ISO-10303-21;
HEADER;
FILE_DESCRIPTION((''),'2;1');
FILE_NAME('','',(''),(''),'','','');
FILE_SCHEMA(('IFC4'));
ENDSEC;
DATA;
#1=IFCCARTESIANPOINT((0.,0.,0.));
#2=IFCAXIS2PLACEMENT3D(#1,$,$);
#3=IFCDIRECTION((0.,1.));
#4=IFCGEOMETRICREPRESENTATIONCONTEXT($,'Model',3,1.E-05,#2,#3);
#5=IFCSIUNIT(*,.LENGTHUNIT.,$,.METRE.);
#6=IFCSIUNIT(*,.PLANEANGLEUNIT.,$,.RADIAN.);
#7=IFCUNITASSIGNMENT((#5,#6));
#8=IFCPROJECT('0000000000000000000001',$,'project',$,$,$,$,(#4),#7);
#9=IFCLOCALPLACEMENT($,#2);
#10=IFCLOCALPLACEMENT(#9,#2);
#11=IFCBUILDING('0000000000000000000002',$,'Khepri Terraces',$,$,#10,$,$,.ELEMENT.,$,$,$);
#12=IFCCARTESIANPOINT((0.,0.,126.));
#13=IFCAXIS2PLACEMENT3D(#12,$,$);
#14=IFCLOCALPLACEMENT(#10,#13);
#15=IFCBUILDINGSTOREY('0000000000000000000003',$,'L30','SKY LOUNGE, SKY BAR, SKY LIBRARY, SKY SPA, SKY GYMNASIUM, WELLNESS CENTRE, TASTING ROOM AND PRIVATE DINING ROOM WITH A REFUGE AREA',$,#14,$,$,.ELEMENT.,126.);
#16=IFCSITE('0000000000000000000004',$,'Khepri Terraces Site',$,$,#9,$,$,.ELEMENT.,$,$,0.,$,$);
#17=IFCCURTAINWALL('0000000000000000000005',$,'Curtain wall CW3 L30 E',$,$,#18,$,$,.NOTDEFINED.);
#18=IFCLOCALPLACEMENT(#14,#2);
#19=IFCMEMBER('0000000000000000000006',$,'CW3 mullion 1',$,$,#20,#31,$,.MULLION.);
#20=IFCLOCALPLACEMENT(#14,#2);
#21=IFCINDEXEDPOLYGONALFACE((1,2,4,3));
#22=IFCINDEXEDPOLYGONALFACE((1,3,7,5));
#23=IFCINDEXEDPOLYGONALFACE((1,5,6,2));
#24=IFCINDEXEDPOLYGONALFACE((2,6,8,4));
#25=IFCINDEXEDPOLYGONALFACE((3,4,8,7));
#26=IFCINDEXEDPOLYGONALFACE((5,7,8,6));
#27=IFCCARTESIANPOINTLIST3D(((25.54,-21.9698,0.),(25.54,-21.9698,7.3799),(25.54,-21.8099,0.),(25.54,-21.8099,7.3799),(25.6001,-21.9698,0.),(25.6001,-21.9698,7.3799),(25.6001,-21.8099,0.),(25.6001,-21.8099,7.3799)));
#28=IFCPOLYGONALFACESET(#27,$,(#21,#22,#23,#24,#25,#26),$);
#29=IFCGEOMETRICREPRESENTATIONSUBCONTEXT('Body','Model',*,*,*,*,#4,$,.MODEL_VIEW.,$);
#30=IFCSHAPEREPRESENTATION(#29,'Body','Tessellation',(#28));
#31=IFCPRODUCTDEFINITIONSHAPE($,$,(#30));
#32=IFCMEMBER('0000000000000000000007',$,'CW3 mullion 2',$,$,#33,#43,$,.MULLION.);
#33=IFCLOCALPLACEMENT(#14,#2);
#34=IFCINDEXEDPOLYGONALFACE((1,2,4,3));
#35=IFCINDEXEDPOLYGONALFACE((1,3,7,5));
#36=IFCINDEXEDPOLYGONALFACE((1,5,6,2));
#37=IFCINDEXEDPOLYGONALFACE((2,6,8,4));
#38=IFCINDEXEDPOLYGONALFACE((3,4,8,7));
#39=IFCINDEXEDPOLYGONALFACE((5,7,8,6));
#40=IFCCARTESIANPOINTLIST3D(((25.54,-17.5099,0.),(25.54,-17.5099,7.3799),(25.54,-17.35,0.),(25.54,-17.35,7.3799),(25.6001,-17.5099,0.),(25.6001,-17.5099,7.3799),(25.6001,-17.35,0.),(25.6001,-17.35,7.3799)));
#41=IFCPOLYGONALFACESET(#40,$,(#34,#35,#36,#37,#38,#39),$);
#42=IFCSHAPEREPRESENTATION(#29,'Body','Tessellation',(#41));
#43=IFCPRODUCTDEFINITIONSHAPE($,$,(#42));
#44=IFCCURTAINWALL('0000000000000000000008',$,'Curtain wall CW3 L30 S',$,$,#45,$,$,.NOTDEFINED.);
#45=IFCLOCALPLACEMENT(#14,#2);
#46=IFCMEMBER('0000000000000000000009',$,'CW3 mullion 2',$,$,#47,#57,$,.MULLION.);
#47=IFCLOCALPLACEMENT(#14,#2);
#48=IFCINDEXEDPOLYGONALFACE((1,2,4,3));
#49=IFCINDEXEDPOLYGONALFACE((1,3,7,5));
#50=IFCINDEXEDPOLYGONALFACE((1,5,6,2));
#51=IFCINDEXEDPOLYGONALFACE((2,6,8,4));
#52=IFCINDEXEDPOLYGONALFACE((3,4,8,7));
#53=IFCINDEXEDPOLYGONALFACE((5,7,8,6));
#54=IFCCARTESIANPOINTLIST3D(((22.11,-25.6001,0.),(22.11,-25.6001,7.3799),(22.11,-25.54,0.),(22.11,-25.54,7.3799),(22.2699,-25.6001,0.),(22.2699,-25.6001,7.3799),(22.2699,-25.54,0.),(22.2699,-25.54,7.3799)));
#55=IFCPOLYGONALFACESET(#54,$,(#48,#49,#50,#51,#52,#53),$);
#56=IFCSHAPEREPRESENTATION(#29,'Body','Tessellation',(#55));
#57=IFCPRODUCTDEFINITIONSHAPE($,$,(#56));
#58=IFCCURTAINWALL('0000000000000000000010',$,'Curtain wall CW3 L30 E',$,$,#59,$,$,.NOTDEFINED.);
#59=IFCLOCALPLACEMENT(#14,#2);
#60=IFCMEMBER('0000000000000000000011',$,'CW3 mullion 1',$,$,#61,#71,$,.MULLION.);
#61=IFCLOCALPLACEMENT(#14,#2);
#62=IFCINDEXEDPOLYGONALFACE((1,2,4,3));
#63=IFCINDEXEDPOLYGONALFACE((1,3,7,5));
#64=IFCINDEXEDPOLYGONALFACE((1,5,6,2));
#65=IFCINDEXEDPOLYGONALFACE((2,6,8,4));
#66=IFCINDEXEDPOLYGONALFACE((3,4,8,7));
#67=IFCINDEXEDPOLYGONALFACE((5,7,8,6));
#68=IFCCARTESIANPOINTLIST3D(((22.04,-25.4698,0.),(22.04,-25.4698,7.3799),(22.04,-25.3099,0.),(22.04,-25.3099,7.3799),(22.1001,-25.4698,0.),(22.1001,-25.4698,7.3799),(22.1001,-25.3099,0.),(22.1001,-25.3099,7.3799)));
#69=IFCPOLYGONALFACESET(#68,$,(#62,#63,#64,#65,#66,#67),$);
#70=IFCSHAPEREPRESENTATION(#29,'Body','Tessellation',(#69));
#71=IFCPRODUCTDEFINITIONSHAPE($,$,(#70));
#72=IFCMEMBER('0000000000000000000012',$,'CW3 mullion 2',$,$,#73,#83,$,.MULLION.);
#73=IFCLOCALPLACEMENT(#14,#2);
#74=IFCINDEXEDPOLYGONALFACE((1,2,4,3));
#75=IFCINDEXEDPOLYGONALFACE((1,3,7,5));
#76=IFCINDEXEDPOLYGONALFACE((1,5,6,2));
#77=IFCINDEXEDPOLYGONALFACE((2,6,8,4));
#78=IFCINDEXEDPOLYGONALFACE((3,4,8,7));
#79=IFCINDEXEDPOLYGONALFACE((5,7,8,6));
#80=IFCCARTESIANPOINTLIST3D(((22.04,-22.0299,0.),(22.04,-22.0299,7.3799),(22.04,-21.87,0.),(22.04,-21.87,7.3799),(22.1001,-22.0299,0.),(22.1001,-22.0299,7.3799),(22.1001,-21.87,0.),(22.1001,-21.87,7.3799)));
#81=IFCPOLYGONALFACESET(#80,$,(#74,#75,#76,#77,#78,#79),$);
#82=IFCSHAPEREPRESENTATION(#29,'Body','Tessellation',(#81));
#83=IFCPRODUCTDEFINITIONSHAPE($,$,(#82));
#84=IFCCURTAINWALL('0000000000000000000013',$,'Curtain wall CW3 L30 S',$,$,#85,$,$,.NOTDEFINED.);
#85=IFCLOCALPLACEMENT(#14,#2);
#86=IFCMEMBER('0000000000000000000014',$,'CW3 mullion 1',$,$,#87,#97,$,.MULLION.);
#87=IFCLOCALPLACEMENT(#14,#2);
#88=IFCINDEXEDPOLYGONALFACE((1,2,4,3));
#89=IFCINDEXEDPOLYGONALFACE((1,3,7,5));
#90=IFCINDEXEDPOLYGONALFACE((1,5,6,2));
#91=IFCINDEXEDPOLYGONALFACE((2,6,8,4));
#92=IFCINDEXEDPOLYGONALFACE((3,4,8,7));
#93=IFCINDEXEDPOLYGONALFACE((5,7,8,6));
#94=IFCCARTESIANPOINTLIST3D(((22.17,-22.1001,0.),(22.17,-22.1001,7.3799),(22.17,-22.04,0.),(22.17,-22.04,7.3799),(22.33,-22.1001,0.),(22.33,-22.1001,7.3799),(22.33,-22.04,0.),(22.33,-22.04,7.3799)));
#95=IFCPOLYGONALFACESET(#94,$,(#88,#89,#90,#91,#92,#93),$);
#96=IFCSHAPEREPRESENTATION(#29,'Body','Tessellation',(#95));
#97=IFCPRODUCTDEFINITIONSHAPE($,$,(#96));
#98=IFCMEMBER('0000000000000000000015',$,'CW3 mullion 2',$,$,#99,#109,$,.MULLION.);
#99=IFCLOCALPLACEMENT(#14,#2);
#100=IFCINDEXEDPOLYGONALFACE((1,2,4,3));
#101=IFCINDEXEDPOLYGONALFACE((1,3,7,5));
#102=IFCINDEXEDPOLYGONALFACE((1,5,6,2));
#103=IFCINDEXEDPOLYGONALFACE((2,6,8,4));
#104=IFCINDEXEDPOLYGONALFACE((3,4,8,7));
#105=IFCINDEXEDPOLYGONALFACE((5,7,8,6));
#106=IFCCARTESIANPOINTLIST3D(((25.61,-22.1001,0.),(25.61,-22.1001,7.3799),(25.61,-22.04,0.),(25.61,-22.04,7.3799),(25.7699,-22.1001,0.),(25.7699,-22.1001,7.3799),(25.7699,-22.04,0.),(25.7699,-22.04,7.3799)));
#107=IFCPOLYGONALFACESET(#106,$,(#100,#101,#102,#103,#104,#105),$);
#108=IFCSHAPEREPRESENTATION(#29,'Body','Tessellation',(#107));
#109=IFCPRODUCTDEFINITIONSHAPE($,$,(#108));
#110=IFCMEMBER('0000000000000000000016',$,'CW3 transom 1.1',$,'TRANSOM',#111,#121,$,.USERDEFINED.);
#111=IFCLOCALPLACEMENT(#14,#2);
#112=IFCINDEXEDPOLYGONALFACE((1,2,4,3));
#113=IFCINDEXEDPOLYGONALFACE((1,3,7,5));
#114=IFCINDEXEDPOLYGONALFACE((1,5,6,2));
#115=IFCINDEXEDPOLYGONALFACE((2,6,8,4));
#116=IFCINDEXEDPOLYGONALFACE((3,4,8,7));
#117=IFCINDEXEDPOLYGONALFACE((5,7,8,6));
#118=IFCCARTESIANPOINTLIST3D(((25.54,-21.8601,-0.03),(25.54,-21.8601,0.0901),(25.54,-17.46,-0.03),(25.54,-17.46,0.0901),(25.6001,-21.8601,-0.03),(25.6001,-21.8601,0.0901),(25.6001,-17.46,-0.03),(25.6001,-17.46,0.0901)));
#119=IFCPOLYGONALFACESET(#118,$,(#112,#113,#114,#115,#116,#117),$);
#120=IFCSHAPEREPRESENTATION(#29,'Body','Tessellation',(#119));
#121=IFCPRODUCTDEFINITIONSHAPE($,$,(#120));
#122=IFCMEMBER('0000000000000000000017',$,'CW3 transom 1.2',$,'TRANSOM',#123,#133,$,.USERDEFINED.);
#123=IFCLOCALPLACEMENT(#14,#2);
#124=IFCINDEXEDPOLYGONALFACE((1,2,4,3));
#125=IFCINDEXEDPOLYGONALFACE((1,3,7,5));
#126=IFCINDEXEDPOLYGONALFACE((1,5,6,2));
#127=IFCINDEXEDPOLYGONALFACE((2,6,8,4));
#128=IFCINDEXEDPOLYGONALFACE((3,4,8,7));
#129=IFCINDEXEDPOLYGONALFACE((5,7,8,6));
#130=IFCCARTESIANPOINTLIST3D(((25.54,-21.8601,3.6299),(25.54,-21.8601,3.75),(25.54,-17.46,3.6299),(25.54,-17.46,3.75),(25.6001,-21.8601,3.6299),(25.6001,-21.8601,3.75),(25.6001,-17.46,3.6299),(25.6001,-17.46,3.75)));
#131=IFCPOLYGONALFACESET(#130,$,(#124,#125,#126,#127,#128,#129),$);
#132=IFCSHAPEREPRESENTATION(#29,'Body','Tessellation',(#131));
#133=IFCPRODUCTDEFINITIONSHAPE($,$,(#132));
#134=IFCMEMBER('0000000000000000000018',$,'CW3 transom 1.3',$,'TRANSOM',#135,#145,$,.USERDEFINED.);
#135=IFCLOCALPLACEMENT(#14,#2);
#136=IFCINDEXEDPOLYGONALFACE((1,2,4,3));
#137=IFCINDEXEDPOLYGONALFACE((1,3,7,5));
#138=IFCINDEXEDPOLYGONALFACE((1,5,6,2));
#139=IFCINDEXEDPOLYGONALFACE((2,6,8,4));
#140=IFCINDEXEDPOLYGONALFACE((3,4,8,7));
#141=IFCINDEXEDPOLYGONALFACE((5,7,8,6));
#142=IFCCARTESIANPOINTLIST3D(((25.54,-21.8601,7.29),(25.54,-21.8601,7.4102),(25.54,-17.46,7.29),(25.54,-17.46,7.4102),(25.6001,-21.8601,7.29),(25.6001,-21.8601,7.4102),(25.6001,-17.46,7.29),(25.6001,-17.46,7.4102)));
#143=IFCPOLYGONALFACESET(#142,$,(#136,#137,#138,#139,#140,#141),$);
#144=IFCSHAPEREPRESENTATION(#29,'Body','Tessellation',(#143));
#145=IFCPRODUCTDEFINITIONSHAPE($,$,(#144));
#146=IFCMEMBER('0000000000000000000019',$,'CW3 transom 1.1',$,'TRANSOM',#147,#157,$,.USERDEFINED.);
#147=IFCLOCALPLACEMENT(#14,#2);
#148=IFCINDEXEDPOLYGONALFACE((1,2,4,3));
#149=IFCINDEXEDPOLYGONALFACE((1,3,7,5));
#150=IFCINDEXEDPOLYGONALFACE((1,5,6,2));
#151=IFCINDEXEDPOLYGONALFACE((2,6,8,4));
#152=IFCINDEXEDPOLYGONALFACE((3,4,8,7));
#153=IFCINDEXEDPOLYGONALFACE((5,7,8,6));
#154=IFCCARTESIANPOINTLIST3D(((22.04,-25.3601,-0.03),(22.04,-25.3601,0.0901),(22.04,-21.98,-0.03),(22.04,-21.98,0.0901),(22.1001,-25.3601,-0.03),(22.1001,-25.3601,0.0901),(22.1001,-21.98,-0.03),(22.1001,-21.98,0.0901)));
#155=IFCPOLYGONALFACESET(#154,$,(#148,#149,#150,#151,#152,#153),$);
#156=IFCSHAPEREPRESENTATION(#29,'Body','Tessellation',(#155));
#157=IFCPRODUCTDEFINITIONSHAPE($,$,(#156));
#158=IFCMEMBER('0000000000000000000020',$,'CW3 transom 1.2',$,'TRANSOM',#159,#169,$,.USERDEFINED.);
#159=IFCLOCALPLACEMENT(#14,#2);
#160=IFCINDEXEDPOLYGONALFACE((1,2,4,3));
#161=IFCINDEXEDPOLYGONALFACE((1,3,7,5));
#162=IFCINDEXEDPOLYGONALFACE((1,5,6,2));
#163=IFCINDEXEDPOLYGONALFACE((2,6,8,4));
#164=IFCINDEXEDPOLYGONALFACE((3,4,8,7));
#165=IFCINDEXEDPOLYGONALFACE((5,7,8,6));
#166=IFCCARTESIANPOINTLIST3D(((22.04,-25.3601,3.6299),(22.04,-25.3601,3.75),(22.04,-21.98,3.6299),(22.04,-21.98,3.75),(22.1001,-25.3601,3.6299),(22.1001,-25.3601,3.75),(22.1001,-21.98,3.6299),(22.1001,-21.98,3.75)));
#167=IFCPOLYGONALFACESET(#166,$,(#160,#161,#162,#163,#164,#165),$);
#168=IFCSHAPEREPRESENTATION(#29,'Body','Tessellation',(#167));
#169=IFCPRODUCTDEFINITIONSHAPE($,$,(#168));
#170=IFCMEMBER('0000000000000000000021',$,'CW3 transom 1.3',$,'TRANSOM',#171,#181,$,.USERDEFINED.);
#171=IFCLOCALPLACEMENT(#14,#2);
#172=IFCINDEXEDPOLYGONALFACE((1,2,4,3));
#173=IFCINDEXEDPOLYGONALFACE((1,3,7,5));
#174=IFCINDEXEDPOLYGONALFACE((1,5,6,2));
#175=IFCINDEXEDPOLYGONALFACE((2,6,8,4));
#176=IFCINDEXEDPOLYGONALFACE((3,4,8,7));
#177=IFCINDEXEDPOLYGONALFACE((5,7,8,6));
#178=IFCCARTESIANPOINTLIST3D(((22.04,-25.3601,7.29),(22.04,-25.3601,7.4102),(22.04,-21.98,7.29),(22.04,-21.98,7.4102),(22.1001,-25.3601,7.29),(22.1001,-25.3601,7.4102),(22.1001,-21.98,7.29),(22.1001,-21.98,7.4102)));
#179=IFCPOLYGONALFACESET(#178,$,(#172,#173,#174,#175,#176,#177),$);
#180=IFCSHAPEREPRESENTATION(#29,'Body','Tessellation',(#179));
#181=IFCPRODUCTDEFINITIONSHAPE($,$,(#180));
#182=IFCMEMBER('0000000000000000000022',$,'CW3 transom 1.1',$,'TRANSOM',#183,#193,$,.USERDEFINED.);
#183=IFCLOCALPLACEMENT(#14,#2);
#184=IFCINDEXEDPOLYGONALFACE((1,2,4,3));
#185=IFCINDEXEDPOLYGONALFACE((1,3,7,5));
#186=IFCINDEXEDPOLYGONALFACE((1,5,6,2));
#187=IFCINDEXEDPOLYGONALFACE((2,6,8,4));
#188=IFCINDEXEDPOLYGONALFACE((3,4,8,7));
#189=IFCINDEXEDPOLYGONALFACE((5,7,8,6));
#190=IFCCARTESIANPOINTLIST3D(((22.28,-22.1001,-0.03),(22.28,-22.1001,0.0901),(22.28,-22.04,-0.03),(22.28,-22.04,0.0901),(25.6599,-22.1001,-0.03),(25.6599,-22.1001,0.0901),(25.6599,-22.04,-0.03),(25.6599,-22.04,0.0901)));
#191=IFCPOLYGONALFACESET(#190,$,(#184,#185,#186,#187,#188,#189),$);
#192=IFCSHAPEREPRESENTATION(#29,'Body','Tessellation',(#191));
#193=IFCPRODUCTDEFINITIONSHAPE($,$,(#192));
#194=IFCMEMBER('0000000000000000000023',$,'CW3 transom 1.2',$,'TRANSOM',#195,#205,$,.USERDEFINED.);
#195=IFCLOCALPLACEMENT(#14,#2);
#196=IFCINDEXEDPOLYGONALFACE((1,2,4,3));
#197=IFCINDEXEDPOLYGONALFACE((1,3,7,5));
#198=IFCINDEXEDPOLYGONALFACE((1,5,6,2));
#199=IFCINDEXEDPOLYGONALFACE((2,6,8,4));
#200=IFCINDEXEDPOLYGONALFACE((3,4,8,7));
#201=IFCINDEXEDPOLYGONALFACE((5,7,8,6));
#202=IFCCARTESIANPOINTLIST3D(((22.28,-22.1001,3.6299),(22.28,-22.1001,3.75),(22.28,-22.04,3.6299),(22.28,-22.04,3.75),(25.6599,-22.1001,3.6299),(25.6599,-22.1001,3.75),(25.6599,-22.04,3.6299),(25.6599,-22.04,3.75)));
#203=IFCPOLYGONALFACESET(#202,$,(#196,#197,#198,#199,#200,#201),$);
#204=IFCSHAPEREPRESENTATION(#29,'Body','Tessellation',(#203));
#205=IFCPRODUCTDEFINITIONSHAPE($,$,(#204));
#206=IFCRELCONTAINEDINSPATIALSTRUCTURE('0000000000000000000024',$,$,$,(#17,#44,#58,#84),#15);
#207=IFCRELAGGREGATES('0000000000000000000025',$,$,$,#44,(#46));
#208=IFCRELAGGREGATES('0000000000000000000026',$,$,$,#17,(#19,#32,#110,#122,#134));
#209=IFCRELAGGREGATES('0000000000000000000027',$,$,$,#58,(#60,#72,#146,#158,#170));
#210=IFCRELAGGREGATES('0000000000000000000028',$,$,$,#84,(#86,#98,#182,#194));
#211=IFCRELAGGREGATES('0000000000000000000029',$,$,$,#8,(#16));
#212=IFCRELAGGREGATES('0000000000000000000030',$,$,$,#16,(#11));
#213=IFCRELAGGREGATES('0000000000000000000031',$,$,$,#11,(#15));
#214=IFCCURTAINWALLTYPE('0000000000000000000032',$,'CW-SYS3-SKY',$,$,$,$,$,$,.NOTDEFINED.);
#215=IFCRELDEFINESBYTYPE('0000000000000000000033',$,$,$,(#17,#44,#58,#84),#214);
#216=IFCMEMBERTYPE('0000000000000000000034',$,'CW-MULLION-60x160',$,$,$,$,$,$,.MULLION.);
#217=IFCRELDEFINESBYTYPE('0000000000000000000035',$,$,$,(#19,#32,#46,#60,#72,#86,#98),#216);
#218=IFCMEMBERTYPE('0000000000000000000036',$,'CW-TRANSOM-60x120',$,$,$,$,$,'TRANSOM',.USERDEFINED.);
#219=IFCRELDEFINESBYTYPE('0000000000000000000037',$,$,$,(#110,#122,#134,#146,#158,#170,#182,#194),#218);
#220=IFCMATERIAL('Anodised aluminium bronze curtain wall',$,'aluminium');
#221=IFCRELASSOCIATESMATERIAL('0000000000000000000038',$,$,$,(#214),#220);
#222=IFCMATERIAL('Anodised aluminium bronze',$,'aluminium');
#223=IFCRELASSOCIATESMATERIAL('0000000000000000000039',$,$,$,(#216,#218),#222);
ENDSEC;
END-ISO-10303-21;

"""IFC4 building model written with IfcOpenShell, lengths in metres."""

from ifc_helpers import new_model, si_unit, direction, frame, origin, origin_2d, place, context, subcontext, project, spatial, rectangle, extrude, material, material_profile, profile_set, type_object, element, aggregate, save


model = new_model("IFC4")

# Units and contexts
model_context = context("Model", 3, precision=1e-05, world=origin(), true_north=direction((0.0, 1.0)))
body_context = subcontext(model_context, "Body", "Model", "MODEL_VIEW")
ifc_project = project(units=[si_unit("LENGTHUNIT", "METRE"), si_unit("PLANEANGLEUNIT", "RADIAN")], contexts=[model_context])

# Site, building, storey
site_placement = place(None, origin())
site = spatial("IfcSite", under=ifc_project, at=site_placement, Name="Khepri Terraces Site", CompositionType="ELEMENT", RefElevation=0.0)
building_placement = place(site_placement, origin())
building = spatial("IfcBuilding", under=site, at=building_placement, Name="Khepri Terraces", CompositionType="ELEMENT")
storey_placement = place(building_placement, frame((0.0, 0.0, 126.0)))
storey = spatial("IfcBuildingStorey", under=building, at=storey_placement, Name="L30", Description="SKY LOUNGE, SKY BAR, SKY LIBRARY, SKY SPA, SKY GYMNASIUM, WELLNESS CENTRE, TASTING ROOM AND PRIVATE DINING ROOM WITH A REFUGE AREA", CompositionType="ELEMENT", Elevation=126.0)

# Curtain wall, members
ifc_material_1 = material(Name="Anodised aluminium bronze curtain wall", Category="aluminium")
curtain_wall_type = type_object("IfcCurtainWallType", Name="CW-SYS3-SKY", PredefinedType="NOTDEFINED", material=ifc_material_1)
curtain_wall_1_placement = place(storey_placement, origin())
curtain_wall_1 = element("IfcCurtainWall", 1, at=curtain_wall_1_placement, inside=storey, type_object=curtain_wall_type, Name="Curtain wall CW3 L30 E", PredefinedType="NOTDEFINED")
ifc_material_2 = material(Name="Anodised aluminium bronze", Category="aluminium")
ifc_material_profile_1 = material_profile(ifc_material_2, rectangle(XDim=0.0601, YDim=0.1599, at=origin_2d()), Name="Anodised aluminium bronze", Category="aluminium")
ifc_profile_set_1 = profile_set([ifc_material_profile_1], Name="Anodised aluminium bronze")
member_type_1 = type_object("IfcMemberType", Name="CW-MULLION-60x160", PredefinedType="MULLION", material=ifc_profile_set_1)
member_1_placement = place(storey_placement, frame((25.5701, -21.8899, 0.0), z_axis=(0.0, 0.0, 1.0), x_axis=(-1.0, 0.0, 0.0)))
member_1 = element("IfcMember", 2, at=member_1_placement, type_object=member_type_1, Name="CW3 mullion 1", PredefinedType="MULLION", context=body_context, shape_type="SweptSolid", body=[
    extrude(rectangle(XDim=0.0601, YDim=0.1599, at=origin_2d()), origin(), (0.0, 0.0, 1.0), 7.3799),
])
member_2_placement = place(storey_placement, frame((25.5701, -17.4299, 0.0), z_axis=(0.0, 0.0, 1.0), x_axis=(-1.0, 0.0, 0.0)))
member_2 = element("IfcMember", 3, at=member_2_placement, type_object=member_type_1, Name="CW3 mullion 2", PredefinedType="MULLION", context=body_context, shape_type="SweptSolid", body=[
    extrude(rectangle(XDim=0.0601, YDim=0.1599, at=origin_2d()), origin(), (0.0, 0.0, 1.0), 7.3799),
])

# Curtain wall, member
curtain_wall_2_placement = place(storey_placement, origin())
curtain_wall_2 = element("IfcCurtainWall", 4, at=curtain_wall_2_placement, inside=storey, type_object=curtain_wall_type, Name="Curtain wall CW3 L30 S", PredefinedType="NOTDEFINED")
member_3_placement = place(storey_placement, frame((22.1899, -25.5701, 0.0), z_axis=(0.0, 0.0, 1.0), x_axis=(0.0, 1.0, 0.0)))
member_3 = element("IfcMember", 5, at=member_3_placement, type_object=member_type_1, Name="CW3 mullion 2", PredefinedType="MULLION", context=body_context, shape_type="SweptSolid", body=[
    extrude(rectangle(XDim=0.0601, YDim=0.1599, at=origin_2d()), origin(), (0.0, 0.0, 1.0), 7.3799),
])
aggregate(curtain_wall_2, [member_3])

# Curtain walls, members
curtain_wall_3_placement = place(storey_placement, origin())
curtain_wall_3 = element("IfcCurtainWall", 6, at=curtain_wall_3_placement, inside=storey, type_object=curtain_wall_type, Name="Curtain wall CW3 L30 E", PredefinedType="NOTDEFINED")
member_4_placement = place(storey_placement, frame((22.0701, -25.3899, 0.0), z_axis=(0.0, 0.0, 1.0), x_axis=(-1.0, 0.0, 0.0)))
member_4 = element("IfcMember", 7, at=member_4_placement, type_object=member_type_1, Name="CW3 mullion 1", PredefinedType="MULLION", context=body_context, shape_type="SweptSolid", body=[
    extrude(rectangle(XDim=0.0601, YDim=0.1599, at=origin_2d()), origin(), (0.0, 0.0, 1.0), 7.3799),
])
member_5_placement = place(storey_placement, frame((22.0701, -21.95, 0.0), z_axis=(0.0, 0.0, 1.0), x_axis=(-1.0, 0.0, 0.0)))
member_5 = element("IfcMember", 8, at=member_5_placement, type_object=member_type_1, Name="CW3 mullion 2", PredefinedType="MULLION", context=body_context, shape_type="SweptSolid", body=[
    extrude(rectangle(XDim=0.0601, YDim=0.1599, at=origin_2d()), origin(), (0.0, 0.0, 1.0), 7.3799),
])
curtain_wall_4_placement = place(storey_placement, origin())
curtain_wall_4 = element("IfcCurtainWall", 9, at=curtain_wall_4_placement, inside=storey, type_object=curtain_wall_type, Name="Curtain wall CW3 L30 S", PredefinedType="NOTDEFINED")
member_6_placement = place(storey_placement, frame((22.25, -22.0701, 0.0), z_axis=(0.0, 0.0, 1.0), x_axis=(0.0, 1.0, 0.0)))
member_6 = element("IfcMember", 10, at=member_6_placement, type_object=member_type_1, Name="CW3 mullion 1", PredefinedType="MULLION", context=body_context, shape_type="SweptSolid", body=[
    extrude(rectangle(XDim=0.0601, YDim=0.1599, at=origin_2d()), origin(), (0.0, 0.0, 1.0), 7.3799),
])
member_7_placement = place(storey_placement, frame((25.6899, -22.0701, 0.0), z_axis=(0.0, 0.0, 1.0), x_axis=(0.0, 1.0, 0.0)))
member_7 = element("IfcMember", 11, at=member_7_placement, type_object=member_type_1, Name="CW3 mullion 2", PredefinedType="MULLION", context=body_context, shape_type="SweptSolid", body=[
    extrude(rectangle(XDim=0.0601, YDim=0.1599, at=origin_2d()), origin(), (0.0, 0.0, 1.0), 7.3799),
])

# Members
ifc_material_profile_2 = material_profile(ifc_material_2, rectangle(XDim=0.0601, YDim=0.1201, at=origin_2d()), Name="Anodised aluminium bronze", Category="aluminium")
ifc_profile_set_2 = profile_set([ifc_material_profile_2], Name="Anodised aluminium bronze")
member_type_2 = type_object("IfcMemberType", Name="CW-TRANSOM-60x120", ElementType="TRANSOM", PredefinedType="USERDEFINED", material=ifc_profile_set_2)
member_8_placement = place(storey_placement, frame((25.5701, -21.8601, 0.03), z_axis=(0.0, 1.0, 0.0), x_axis=(-1.0, 0.0, 0.0)))
member_8 = element("IfcMember", 12, at=member_8_placement, type_object=member_type_2, Name="CW3 transom 1.1", ObjectType="TRANSOM", PredefinedType="USERDEFINED", context=body_context, shape_type="SweptSolid", body=[
    extrude(rectangle(XDim=0.0601, YDim=0.1201, at=origin_2d()), origin(), (0.0, 0.0, 1.0), 4.4001),
])
member_9_placement = place(storey_placement, frame((25.5701, -21.8601, 3.6899), z_axis=(0.0, 1.0, 0.0), x_axis=(-1.0, 0.0, 0.0)))
member_9 = element("IfcMember", 13, at=member_9_placement, type_object=member_type_2, Name="CW3 transom 1.2", ObjectType="TRANSOM", PredefinedType="USERDEFINED", context=body_context, shape_type="SweptSolid", body=[
    extrude(rectangle(XDim=0.0601, YDim=0.1201, at=origin_2d()), origin(), (0.0, 0.0, 1.0), 4.4001),
])
member_10_placement = place(storey_placement, frame((25.5701, -21.8601, 7.3501), z_axis=(0.0, 1.0, 0.0), x_axis=(-1.0, 0.0, 0.0)))
member_10 = element("IfcMember", 14, at=member_10_placement, type_object=member_type_2, Name="CW3 transom 1.3", ObjectType="TRANSOM", PredefinedType="USERDEFINED", context=body_context, shape_type="SweptSolid", body=[
    extrude(rectangle(XDim=0.0601, YDim=0.1201, at=origin_2d()), origin(), (0.0, 0.0, 1.0), 4.4001),
])
member_11_placement = place(storey_placement, frame((22.0701, -25.3601, 0.03), z_axis=(0.0, 1.0, 0.0), x_axis=(-1.0, 0.0, 0.0)))
member_11 = element("IfcMember", 15, at=member_11_placement, type_object=member_type_2, Name="CW3 transom 1.1", ObjectType="TRANSOM", PredefinedType="USERDEFINED", context=body_context, shape_type="SweptSolid", body=[
    extrude(rectangle(XDim=0.0601, YDim=0.1201, at=origin_2d()), origin(), (0.0, 0.0, 1.0), 3.3801),
])
member_12_placement = place(storey_placement, frame((22.0701, -25.3601, 3.6899), z_axis=(0.0, 1.0, 0.0), x_axis=(-1.0, 0.0, 0.0)))
member_12 = element("IfcMember", 16, at=member_12_placement, type_object=member_type_2, Name="CW3 transom 1.2", ObjectType="TRANSOM", PredefinedType="USERDEFINED", context=body_context, shape_type="SweptSolid", body=[
    extrude(rectangle(XDim=0.0601, YDim=0.1201, at=origin_2d()), origin(), (0.0, 0.0, 1.0), 3.3801),
])
member_13_placement = place(storey_placement, frame((22.0701, -25.3601, 7.3501), z_axis=(0.0, 1.0, 0.0), x_axis=(-1.0, 0.0, 0.0)))
member_13 = element("IfcMember", 17, at=member_13_placement, type_object=member_type_2, Name="CW3 transom 1.3", ObjectType="TRANSOM", PredefinedType="USERDEFINED", context=body_context, shape_type="SweptSolid", body=[
    extrude(rectangle(XDim=0.0601, YDim=0.1201, at=origin_2d()), origin(), (0.0, 0.0, 1.0), 3.3801),
])
member_14_placement = place(storey_placement, frame((22.28, -22.0701, 0.03), z_axis=(1.0, 0.0, 0.0), x_axis=(0.0, 1.0, 0.0)))
member_14 = element("IfcMember", 18, at=member_14_placement, type_object=member_type_2, Name="CW3 transom 1.1", ObjectType="TRANSOM", PredefinedType="USERDEFINED", context=body_context, shape_type="SweptSolid", body=[
    extrude(rectangle(XDim=0.0601, YDim=0.1201, at=origin_2d()), origin(), (0.0, 0.0, 1.0), 3.3799),
])
member_15_placement = place(storey_placement, frame((22.28, -22.0701, 3.6899), z_axis=(1.0, 0.0, 0.0), x_axis=(0.0, 1.0, 0.0)))
member_15 = element("IfcMember", 19, at=member_15_placement, type_object=member_type_2, Name="CW3 transom 1.2", ObjectType="TRANSOM", PredefinedType="USERDEFINED", context=body_context, shape_type="SweptSolid", body=[
    extrude(rectangle(XDim=0.0601, YDim=0.1201, at=origin_2d()), origin(), (0.0, 0.0, 1.0), 3.3799),
])

aggregate(curtain_wall_1, [member_1, member_2, member_8, member_9, member_10])
aggregate(curtain_wall_3, [member_4, member_5, member_11, member_12, member_13])
aggregate(curtain_wall_4, [member_6, member_7, member_14, member_15])

save(model, "model.ifc")
